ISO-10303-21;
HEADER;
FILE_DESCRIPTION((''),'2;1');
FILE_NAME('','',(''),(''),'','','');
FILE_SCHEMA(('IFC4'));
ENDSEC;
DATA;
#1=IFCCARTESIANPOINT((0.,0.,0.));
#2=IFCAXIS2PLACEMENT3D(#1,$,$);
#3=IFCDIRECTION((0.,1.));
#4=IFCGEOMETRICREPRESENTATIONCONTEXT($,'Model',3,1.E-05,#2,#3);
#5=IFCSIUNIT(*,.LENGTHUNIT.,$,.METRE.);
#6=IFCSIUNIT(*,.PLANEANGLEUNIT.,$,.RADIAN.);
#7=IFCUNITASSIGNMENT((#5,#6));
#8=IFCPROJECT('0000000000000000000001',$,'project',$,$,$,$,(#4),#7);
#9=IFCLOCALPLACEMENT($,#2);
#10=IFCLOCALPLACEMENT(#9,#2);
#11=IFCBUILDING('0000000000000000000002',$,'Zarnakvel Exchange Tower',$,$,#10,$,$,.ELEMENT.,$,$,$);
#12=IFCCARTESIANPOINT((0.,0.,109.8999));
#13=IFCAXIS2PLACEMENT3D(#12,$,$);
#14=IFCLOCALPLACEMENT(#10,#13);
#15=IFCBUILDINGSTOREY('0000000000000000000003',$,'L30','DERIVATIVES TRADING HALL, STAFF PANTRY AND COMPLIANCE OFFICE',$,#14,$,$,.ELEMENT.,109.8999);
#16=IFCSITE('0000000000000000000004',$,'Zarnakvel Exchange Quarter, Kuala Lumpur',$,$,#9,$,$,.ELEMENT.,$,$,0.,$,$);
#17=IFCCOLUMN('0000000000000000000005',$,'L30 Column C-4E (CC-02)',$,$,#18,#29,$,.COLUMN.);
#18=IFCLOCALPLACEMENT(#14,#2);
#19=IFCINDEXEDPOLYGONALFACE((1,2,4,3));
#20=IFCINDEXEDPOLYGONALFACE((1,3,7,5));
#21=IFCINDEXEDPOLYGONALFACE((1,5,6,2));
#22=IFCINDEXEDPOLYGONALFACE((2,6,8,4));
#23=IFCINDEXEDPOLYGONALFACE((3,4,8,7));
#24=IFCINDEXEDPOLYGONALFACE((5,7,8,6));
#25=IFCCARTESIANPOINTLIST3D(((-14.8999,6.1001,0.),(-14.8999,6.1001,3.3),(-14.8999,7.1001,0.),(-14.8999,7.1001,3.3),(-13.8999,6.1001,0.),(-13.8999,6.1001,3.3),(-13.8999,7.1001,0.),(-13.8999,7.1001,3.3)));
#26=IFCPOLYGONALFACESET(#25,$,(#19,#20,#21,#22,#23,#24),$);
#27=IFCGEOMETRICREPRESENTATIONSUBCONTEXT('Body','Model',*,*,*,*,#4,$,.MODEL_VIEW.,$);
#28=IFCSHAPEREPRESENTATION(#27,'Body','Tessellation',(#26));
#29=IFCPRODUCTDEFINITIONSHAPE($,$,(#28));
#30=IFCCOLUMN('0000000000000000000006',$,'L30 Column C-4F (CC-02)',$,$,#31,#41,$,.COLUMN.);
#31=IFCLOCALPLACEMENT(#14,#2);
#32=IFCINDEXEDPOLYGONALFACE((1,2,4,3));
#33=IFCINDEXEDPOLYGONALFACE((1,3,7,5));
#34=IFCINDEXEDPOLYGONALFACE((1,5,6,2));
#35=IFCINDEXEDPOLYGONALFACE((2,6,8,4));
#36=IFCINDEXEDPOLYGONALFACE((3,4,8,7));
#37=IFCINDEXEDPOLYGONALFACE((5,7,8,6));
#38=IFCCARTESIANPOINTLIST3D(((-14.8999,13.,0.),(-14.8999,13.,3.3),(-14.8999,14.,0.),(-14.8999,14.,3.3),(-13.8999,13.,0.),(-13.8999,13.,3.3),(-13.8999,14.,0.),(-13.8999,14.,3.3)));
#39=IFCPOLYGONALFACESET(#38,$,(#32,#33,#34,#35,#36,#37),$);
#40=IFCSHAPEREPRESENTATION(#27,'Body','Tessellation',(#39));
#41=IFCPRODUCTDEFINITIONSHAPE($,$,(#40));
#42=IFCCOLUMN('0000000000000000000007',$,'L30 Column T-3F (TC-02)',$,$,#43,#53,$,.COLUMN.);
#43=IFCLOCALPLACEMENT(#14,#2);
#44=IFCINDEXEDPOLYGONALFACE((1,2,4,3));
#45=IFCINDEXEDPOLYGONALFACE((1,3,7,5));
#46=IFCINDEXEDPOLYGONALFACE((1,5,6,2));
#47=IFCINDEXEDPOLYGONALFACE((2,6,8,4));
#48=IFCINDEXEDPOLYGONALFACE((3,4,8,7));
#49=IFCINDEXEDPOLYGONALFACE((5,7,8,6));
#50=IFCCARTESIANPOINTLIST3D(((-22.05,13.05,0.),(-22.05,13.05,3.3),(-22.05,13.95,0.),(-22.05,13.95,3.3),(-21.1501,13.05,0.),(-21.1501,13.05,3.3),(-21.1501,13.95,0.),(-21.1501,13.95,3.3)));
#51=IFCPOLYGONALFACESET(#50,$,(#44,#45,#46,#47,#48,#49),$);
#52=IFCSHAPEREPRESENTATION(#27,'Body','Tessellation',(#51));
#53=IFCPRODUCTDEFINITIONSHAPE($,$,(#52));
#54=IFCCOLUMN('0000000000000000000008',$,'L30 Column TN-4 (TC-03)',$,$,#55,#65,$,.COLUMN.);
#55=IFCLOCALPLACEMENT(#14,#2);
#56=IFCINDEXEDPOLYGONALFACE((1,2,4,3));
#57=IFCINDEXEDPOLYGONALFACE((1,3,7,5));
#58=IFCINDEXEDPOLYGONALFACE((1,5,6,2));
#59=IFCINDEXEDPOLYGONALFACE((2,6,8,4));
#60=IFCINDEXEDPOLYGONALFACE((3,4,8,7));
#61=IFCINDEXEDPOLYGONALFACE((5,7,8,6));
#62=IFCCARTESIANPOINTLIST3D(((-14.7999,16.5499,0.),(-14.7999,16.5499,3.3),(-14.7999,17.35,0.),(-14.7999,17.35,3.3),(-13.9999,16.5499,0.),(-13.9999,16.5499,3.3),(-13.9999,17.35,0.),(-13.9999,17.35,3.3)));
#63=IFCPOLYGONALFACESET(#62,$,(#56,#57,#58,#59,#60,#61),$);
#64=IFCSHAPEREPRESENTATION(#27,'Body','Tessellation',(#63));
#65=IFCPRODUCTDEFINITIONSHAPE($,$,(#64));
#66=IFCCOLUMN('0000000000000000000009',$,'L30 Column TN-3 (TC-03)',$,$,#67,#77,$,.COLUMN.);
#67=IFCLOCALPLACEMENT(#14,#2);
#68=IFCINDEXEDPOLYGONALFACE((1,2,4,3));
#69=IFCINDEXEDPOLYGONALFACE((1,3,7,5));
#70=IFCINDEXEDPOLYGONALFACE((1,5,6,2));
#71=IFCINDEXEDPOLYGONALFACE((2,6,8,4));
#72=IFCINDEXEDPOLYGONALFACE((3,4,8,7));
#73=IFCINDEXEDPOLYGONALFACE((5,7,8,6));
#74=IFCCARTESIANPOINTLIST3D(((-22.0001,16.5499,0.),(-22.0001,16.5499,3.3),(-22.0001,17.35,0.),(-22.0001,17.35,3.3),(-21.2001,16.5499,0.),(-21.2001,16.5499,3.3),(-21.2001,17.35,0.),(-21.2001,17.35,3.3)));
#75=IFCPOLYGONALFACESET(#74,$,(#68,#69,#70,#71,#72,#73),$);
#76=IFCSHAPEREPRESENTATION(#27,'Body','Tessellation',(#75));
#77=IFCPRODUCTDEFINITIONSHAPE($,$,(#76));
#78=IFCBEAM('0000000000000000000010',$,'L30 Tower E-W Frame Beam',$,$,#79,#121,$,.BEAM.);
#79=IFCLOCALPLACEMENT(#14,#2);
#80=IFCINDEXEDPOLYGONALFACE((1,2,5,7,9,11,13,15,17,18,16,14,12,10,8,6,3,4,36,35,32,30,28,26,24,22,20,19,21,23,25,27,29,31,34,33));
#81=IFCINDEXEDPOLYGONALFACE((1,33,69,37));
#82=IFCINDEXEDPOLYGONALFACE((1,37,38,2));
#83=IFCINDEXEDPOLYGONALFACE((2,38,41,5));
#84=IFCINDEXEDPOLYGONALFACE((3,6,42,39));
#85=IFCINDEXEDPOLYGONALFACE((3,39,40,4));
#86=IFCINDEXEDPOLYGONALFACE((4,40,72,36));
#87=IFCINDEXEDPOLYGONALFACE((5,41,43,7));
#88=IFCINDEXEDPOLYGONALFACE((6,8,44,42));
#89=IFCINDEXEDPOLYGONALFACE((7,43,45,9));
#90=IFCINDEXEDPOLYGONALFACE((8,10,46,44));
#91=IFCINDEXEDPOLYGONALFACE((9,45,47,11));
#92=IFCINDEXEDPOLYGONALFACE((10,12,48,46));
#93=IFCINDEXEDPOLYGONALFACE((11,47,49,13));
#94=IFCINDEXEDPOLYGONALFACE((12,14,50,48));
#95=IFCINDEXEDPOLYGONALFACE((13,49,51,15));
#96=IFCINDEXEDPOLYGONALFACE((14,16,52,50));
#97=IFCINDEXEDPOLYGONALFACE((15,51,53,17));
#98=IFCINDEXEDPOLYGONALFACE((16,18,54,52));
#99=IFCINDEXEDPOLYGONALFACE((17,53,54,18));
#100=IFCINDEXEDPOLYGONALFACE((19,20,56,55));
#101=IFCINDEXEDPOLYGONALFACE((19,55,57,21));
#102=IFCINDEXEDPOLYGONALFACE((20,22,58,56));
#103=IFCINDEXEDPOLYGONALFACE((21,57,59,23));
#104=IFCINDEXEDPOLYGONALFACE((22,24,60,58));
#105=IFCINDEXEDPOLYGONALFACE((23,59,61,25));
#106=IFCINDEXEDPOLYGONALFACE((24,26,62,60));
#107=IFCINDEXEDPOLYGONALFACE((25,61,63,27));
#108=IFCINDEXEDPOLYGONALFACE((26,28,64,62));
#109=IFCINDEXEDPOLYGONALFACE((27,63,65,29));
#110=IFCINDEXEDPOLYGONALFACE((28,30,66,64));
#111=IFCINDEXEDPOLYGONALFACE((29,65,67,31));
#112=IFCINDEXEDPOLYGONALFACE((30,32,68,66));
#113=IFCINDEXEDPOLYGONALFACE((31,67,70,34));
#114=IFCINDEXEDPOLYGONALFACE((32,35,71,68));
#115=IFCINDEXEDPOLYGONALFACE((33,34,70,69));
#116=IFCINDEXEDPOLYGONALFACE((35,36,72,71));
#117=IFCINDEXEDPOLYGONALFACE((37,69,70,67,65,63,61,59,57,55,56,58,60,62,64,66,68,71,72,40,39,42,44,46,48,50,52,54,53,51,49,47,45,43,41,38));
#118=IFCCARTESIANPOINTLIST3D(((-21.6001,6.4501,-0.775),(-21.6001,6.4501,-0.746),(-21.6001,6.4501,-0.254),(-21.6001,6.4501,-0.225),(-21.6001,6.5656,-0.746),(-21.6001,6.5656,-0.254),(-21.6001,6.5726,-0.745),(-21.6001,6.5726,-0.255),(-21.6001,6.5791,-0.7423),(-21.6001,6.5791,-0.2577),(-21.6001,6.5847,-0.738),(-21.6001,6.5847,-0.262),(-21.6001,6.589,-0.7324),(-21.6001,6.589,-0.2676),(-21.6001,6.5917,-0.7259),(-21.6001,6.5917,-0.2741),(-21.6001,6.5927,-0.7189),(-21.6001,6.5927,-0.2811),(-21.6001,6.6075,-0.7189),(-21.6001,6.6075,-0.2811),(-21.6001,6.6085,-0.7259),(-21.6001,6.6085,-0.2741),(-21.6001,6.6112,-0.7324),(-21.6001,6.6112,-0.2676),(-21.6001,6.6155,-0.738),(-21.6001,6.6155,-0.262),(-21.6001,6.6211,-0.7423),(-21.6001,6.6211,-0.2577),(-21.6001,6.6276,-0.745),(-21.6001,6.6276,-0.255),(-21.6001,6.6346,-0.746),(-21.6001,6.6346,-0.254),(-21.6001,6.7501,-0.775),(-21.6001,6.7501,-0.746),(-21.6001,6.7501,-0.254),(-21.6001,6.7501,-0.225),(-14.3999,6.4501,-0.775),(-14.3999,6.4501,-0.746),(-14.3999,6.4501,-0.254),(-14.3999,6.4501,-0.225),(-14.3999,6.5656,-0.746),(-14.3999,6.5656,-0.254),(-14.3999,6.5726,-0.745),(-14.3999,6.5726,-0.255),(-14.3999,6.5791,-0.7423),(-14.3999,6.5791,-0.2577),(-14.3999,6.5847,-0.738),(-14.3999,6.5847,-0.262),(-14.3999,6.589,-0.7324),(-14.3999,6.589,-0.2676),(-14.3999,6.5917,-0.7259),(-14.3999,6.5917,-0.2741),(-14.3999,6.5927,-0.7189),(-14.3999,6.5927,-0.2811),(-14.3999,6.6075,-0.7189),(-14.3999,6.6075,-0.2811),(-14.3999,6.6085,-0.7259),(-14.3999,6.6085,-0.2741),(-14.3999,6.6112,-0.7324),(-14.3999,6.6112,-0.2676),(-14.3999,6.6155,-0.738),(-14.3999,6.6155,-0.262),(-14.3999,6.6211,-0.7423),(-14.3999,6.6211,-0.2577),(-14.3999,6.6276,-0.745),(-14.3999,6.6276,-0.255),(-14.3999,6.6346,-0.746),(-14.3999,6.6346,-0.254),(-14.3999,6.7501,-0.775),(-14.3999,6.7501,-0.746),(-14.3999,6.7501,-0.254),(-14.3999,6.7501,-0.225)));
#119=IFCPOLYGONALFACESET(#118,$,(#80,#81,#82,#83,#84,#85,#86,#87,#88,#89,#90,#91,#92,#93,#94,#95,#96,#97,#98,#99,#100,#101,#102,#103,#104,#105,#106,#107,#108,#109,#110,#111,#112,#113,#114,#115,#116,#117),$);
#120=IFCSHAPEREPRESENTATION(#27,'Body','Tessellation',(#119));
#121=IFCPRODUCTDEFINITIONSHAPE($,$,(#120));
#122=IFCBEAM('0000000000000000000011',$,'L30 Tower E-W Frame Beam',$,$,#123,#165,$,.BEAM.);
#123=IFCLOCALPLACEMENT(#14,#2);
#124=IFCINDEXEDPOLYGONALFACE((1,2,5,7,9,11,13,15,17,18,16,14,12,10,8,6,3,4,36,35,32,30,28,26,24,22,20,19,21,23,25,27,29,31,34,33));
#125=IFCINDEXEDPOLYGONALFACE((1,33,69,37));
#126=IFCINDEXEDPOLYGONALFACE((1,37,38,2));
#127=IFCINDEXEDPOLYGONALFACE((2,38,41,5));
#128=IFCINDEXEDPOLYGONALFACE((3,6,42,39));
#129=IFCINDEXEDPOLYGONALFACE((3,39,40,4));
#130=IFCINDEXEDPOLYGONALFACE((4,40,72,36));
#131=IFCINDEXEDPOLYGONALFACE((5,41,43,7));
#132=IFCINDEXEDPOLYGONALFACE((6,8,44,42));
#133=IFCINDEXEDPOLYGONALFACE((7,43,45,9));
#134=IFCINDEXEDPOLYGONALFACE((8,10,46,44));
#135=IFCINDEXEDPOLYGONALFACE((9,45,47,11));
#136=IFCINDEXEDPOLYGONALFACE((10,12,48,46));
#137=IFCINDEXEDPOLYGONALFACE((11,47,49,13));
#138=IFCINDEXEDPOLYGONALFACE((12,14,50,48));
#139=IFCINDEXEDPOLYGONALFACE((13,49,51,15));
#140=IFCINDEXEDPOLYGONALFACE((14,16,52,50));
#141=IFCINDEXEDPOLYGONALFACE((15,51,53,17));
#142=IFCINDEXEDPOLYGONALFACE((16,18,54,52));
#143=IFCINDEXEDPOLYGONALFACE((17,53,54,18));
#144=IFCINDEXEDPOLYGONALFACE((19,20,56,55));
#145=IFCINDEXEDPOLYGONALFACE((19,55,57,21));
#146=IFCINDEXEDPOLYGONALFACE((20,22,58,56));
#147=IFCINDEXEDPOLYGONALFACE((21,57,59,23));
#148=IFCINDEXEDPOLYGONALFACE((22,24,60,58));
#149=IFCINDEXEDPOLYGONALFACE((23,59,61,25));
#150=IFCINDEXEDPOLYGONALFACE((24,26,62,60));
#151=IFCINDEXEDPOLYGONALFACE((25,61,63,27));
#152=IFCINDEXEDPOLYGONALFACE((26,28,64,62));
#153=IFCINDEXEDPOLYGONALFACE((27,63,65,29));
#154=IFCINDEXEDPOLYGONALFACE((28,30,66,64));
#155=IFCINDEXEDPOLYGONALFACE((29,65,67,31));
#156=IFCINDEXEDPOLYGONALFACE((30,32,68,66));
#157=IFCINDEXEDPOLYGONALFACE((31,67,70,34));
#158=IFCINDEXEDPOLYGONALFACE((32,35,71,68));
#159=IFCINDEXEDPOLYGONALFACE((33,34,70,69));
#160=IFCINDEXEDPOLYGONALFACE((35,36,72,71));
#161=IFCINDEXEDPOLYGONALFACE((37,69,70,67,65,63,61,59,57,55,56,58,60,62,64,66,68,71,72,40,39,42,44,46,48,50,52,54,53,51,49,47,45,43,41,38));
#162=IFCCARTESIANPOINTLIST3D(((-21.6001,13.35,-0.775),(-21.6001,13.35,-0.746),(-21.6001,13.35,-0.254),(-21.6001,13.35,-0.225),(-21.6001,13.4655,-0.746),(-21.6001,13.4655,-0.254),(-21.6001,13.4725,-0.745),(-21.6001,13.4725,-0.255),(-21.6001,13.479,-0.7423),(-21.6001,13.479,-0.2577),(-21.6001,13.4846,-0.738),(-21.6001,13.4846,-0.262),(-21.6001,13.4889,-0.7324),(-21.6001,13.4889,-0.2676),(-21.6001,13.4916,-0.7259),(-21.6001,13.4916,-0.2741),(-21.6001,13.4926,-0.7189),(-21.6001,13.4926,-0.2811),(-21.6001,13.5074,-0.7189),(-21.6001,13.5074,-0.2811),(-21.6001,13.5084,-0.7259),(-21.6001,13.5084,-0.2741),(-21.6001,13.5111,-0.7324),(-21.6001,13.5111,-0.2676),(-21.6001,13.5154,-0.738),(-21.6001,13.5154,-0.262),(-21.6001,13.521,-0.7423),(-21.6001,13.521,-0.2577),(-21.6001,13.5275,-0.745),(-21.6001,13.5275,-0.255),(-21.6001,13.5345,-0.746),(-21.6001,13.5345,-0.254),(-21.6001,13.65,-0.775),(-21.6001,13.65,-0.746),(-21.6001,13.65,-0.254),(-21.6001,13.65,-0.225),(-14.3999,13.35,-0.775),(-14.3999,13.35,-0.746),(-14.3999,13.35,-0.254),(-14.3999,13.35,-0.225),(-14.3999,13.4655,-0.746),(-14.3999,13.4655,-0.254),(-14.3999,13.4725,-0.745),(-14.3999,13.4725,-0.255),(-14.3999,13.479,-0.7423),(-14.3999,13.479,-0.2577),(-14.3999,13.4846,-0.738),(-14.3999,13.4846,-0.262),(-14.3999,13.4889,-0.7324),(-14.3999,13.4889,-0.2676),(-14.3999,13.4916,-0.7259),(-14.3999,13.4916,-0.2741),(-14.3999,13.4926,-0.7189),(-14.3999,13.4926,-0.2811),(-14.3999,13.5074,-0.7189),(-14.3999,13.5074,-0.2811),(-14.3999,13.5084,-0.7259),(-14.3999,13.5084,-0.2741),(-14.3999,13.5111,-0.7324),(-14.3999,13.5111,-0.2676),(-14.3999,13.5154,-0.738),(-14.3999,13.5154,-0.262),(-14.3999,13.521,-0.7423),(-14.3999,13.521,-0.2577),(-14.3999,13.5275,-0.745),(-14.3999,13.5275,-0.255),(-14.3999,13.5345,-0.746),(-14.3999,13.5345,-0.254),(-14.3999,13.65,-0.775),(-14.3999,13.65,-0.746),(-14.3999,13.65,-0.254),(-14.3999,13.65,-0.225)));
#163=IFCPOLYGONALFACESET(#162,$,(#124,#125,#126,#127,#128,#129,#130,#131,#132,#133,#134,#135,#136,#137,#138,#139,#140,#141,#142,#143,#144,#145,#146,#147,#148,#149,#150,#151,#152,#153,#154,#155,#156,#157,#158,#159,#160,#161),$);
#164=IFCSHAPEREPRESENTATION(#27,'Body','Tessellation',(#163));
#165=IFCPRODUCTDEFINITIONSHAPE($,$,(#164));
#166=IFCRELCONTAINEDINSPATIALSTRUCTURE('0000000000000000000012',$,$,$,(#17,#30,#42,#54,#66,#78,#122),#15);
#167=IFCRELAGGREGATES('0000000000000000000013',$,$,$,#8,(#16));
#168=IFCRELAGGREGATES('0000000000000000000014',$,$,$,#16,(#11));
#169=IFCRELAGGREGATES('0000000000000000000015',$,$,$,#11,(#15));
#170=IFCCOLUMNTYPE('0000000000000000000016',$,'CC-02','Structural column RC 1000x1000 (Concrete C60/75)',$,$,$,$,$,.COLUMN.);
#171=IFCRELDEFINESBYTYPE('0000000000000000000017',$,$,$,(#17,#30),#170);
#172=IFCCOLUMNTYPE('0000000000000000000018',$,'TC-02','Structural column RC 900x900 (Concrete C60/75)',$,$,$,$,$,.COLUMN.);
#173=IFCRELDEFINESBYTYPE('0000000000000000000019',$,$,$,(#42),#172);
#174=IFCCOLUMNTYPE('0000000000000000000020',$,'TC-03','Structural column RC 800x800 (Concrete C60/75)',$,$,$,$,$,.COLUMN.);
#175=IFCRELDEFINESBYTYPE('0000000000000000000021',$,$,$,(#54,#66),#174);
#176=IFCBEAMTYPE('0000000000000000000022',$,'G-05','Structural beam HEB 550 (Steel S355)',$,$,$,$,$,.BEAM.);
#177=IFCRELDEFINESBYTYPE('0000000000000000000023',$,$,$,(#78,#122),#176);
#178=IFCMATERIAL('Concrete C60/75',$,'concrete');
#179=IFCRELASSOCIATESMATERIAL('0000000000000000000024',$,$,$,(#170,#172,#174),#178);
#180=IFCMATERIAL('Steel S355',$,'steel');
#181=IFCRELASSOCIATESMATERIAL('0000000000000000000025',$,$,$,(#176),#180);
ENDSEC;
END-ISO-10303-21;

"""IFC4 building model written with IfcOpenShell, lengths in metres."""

from ifc_helpers import new_model, si_unit, direction, frame, origin, origin_2d, place, context, subcontext, project, spatial, rectangle, i_section, extrude, material, material_profile, profile_set, type_object, element, save


model = new_model("IFC4")

# Units and contexts
model_context = context("Model", 3, precision=1e-05, world=origin(), true_north=direction((0.0, 1.0)))
body_context = subcontext(model_context, "Body", "Model", "MODEL_VIEW")
ifc_project = project(units=[si_unit("LENGTHUNIT", "METRE"), si_unit("PLANEANGLEUNIT", "RADIAN")], contexts=[model_context])

# Site, building, storey
site_placement = place(None, origin())
site = spatial("IfcSite", under=ifc_project, at=site_placement, Name="Zarnakvel Exchange Quarter, Kuala Lumpur", CompositionType="ELEMENT", RefElevation=0.0)
building_placement = place(site_placement, origin())
building = spatial("IfcBuilding", under=site, at=building_placement, Name="Zarnakvel Exchange Tower", CompositionType="ELEMENT")
storey_placement = place(building_placement, frame((0.0, 0.0, 109.8999)))
storey = spatial("IfcBuildingStorey", under=building, at=storey_placement, Name="L30", Description="DERIVATIVES TRADING HALL, STAFF PANTRY AND COMPLIANCE OFFICE", CompositionType="ELEMENT", Elevation=109.8999)

# Columns
ifc_material_1 = material(Name="Concrete C60/75", Category="concrete")
ifc_material_profile_1 = material_profile(ifc_material_1, rectangle(XDim=1.0, YDim=1.0, at=origin_2d()))
ifc_profile_set_1 = profile_set([ifc_material_profile_1], Name="Concrete C60/75")
column_type_1 = type_object("IfcColumnType", Name="CC-02", Description="Structural column RC 1000x1000 (Concrete C60/75)", PredefinedType="COLUMN", material=ifc_profile_set_1)
for number, where, z_axis, x_axis, name in (
    (1, (-14.3999, 6.6001, 0.0), (0.0, 0.0, 1.0), (1.0, 0.0, 0.0), "L30 Column C-4E (CC-02)"),
    (2, (-14.3999, 13.5, 0.0), (0.0, 0.0, 1.0), (1.0, 0.0, 0.0), "L30 Column C-4F (CC-02)"),
):
    element("IfcColumn", number, at=place(storey_placement, frame(where, z_axis=z_axis, x_axis=x_axis)), inside=storey, type_object=column_type_1, Name=name, PredefinedType="COLUMN", context=body_context, shape_type="SweptSolid", body=[
        extrude(rectangle(XDim=1.0, YDim=1.0, at=origin_2d()), origin(), (0.0, 0.0, 1.0), 3.3),
    ])
ifc_material_profile_2 = material_profile(ifc_material_1, rectangle(XDim=0.8999, YDim=0.8999, at=origin_2d()))
ifc_profile_set_2 = profile_set([ifc_material_profile_2], Name="Concrete C60/75")
column_type_2 = type_object("IfcColumnType", Name="TC-02", Description="Structural column RC 900x900 (Concrete C60/75)", PredefinedType="COLUMN", material=ifc_profile_set_2)
column_placement = place(storey_placement, frame((-21.6001, 13.5, 0.0), z_axis=(0.0, 0.0, 1.0), x_axis=(1.0, 0.0, 0.0)))
element("IfcColumn", 3, at=column_placement, inside=storey, type_object=column_type_2, Name="L30 Column T-3F (TC-02)", PredefinedType="COLUMN", context=body_context, shape_type="SweptSolid", body=[
    extrude(rectangle(XDim=0.8999, YDim=0.8999, at=origin_2d()), origin(), (0.0, 0.0, 1.0), 3.3),
])
ifc_material_profile_3 = material_profile(ifc_material_1, rectangle(XDim=0.8, YDim=0.8, at=origin_2d()))
ifc_profile_set_3 = profile_set([ifc_material_profile_3], Name="Concrete C60/75")
column_type_3 = type_object("IfcColumnType", Name="TC-03", Description="Structural column RC 800x800 (Concrete C60/75)", PredefinedType="COLUMN", material=ifc_profile_set_3)
for number, where, z_axis, x_axis, name in (
    (4, (-14.3999, 16.95, 0.0), (0.0, 0.0, 1.0), (1.0, 0.0, 0.0), "L30 Column TN-4 (TC-03)"),
    (5, (-21.6001, 16.95, 0.0), (0.0, 0.0, 1.0), (1.0, 0.0, 0.0), "L30 Column TN-3 (TC-03)"),
):
    element("IfcColumn", number, at=place(storey_placement, frame(where, z_axis=z_axis, x_axis=x_axis)), inside=storey, type_object=column_type_3, Name=name, PredefinedType="COLUMN", context=body_context, shape_type="SweptSolid", body=[
        extrude(rectangle(XDim=0.8, YDim=0.8, at=origin_2d()), origin(), (0.0, 0.0, 1.0), 3.3),
    ])

# Beams
ifc_material_2 = material(Name="Steel S355", Category="steel")
ifc_material_profile_4 = material_profile(ifc_material_2, i_section(OverallWidth=0.3, OverallDepth=0.55, WebThickness=0.0149, FlangeThickness=0.0291, FilletRadius=0.0271, at=origin_2d()))
ifc_profile_set_4 = profile_set([ifc_material_profile_4], Name="Steel S355")
beam_type_1 = type_object("IfcBeamType", Name="G-05", Description="Structural beam HEB 550 (Steel S355)", PredefinedType="BEAM", material=ifc_profile_set_4)
for number, where, z_axis, x_axis, name in (
    (6, (-21.6001, 6.6001, -0.5), (1.0, 0.0, 0.0), (0.0, 1.0, 0.0), "L30 Tower E-W Frame Beam"),
    (7, (-21.6001, 13.5, -0.5), (1.0, 0.0, 0.0), (0.0, 1.0, 0.0), "L30 Tower E-W Frame Beam"),
):
    element("IfcBeam", number, at=place(storey_placement, frame(where, z_axis=z_axis, x_axis=x_axis)), inside=storey, type_object=beam_type_1, Name=name, PredefinedType="BEAM", context=body_context, shape_type="SweptSolid", body=[
        extrude(i_section(OverallWidth=0.3, OverallDepth=0.55, WebThickness=0.0149, FlangeThickness=0.0291, FilletRadius=0.0271, at=origin_2d()), origin(), (0.0, 0.0, 1.0), 7.2002),
    ])

save(model, "model.ifc")
